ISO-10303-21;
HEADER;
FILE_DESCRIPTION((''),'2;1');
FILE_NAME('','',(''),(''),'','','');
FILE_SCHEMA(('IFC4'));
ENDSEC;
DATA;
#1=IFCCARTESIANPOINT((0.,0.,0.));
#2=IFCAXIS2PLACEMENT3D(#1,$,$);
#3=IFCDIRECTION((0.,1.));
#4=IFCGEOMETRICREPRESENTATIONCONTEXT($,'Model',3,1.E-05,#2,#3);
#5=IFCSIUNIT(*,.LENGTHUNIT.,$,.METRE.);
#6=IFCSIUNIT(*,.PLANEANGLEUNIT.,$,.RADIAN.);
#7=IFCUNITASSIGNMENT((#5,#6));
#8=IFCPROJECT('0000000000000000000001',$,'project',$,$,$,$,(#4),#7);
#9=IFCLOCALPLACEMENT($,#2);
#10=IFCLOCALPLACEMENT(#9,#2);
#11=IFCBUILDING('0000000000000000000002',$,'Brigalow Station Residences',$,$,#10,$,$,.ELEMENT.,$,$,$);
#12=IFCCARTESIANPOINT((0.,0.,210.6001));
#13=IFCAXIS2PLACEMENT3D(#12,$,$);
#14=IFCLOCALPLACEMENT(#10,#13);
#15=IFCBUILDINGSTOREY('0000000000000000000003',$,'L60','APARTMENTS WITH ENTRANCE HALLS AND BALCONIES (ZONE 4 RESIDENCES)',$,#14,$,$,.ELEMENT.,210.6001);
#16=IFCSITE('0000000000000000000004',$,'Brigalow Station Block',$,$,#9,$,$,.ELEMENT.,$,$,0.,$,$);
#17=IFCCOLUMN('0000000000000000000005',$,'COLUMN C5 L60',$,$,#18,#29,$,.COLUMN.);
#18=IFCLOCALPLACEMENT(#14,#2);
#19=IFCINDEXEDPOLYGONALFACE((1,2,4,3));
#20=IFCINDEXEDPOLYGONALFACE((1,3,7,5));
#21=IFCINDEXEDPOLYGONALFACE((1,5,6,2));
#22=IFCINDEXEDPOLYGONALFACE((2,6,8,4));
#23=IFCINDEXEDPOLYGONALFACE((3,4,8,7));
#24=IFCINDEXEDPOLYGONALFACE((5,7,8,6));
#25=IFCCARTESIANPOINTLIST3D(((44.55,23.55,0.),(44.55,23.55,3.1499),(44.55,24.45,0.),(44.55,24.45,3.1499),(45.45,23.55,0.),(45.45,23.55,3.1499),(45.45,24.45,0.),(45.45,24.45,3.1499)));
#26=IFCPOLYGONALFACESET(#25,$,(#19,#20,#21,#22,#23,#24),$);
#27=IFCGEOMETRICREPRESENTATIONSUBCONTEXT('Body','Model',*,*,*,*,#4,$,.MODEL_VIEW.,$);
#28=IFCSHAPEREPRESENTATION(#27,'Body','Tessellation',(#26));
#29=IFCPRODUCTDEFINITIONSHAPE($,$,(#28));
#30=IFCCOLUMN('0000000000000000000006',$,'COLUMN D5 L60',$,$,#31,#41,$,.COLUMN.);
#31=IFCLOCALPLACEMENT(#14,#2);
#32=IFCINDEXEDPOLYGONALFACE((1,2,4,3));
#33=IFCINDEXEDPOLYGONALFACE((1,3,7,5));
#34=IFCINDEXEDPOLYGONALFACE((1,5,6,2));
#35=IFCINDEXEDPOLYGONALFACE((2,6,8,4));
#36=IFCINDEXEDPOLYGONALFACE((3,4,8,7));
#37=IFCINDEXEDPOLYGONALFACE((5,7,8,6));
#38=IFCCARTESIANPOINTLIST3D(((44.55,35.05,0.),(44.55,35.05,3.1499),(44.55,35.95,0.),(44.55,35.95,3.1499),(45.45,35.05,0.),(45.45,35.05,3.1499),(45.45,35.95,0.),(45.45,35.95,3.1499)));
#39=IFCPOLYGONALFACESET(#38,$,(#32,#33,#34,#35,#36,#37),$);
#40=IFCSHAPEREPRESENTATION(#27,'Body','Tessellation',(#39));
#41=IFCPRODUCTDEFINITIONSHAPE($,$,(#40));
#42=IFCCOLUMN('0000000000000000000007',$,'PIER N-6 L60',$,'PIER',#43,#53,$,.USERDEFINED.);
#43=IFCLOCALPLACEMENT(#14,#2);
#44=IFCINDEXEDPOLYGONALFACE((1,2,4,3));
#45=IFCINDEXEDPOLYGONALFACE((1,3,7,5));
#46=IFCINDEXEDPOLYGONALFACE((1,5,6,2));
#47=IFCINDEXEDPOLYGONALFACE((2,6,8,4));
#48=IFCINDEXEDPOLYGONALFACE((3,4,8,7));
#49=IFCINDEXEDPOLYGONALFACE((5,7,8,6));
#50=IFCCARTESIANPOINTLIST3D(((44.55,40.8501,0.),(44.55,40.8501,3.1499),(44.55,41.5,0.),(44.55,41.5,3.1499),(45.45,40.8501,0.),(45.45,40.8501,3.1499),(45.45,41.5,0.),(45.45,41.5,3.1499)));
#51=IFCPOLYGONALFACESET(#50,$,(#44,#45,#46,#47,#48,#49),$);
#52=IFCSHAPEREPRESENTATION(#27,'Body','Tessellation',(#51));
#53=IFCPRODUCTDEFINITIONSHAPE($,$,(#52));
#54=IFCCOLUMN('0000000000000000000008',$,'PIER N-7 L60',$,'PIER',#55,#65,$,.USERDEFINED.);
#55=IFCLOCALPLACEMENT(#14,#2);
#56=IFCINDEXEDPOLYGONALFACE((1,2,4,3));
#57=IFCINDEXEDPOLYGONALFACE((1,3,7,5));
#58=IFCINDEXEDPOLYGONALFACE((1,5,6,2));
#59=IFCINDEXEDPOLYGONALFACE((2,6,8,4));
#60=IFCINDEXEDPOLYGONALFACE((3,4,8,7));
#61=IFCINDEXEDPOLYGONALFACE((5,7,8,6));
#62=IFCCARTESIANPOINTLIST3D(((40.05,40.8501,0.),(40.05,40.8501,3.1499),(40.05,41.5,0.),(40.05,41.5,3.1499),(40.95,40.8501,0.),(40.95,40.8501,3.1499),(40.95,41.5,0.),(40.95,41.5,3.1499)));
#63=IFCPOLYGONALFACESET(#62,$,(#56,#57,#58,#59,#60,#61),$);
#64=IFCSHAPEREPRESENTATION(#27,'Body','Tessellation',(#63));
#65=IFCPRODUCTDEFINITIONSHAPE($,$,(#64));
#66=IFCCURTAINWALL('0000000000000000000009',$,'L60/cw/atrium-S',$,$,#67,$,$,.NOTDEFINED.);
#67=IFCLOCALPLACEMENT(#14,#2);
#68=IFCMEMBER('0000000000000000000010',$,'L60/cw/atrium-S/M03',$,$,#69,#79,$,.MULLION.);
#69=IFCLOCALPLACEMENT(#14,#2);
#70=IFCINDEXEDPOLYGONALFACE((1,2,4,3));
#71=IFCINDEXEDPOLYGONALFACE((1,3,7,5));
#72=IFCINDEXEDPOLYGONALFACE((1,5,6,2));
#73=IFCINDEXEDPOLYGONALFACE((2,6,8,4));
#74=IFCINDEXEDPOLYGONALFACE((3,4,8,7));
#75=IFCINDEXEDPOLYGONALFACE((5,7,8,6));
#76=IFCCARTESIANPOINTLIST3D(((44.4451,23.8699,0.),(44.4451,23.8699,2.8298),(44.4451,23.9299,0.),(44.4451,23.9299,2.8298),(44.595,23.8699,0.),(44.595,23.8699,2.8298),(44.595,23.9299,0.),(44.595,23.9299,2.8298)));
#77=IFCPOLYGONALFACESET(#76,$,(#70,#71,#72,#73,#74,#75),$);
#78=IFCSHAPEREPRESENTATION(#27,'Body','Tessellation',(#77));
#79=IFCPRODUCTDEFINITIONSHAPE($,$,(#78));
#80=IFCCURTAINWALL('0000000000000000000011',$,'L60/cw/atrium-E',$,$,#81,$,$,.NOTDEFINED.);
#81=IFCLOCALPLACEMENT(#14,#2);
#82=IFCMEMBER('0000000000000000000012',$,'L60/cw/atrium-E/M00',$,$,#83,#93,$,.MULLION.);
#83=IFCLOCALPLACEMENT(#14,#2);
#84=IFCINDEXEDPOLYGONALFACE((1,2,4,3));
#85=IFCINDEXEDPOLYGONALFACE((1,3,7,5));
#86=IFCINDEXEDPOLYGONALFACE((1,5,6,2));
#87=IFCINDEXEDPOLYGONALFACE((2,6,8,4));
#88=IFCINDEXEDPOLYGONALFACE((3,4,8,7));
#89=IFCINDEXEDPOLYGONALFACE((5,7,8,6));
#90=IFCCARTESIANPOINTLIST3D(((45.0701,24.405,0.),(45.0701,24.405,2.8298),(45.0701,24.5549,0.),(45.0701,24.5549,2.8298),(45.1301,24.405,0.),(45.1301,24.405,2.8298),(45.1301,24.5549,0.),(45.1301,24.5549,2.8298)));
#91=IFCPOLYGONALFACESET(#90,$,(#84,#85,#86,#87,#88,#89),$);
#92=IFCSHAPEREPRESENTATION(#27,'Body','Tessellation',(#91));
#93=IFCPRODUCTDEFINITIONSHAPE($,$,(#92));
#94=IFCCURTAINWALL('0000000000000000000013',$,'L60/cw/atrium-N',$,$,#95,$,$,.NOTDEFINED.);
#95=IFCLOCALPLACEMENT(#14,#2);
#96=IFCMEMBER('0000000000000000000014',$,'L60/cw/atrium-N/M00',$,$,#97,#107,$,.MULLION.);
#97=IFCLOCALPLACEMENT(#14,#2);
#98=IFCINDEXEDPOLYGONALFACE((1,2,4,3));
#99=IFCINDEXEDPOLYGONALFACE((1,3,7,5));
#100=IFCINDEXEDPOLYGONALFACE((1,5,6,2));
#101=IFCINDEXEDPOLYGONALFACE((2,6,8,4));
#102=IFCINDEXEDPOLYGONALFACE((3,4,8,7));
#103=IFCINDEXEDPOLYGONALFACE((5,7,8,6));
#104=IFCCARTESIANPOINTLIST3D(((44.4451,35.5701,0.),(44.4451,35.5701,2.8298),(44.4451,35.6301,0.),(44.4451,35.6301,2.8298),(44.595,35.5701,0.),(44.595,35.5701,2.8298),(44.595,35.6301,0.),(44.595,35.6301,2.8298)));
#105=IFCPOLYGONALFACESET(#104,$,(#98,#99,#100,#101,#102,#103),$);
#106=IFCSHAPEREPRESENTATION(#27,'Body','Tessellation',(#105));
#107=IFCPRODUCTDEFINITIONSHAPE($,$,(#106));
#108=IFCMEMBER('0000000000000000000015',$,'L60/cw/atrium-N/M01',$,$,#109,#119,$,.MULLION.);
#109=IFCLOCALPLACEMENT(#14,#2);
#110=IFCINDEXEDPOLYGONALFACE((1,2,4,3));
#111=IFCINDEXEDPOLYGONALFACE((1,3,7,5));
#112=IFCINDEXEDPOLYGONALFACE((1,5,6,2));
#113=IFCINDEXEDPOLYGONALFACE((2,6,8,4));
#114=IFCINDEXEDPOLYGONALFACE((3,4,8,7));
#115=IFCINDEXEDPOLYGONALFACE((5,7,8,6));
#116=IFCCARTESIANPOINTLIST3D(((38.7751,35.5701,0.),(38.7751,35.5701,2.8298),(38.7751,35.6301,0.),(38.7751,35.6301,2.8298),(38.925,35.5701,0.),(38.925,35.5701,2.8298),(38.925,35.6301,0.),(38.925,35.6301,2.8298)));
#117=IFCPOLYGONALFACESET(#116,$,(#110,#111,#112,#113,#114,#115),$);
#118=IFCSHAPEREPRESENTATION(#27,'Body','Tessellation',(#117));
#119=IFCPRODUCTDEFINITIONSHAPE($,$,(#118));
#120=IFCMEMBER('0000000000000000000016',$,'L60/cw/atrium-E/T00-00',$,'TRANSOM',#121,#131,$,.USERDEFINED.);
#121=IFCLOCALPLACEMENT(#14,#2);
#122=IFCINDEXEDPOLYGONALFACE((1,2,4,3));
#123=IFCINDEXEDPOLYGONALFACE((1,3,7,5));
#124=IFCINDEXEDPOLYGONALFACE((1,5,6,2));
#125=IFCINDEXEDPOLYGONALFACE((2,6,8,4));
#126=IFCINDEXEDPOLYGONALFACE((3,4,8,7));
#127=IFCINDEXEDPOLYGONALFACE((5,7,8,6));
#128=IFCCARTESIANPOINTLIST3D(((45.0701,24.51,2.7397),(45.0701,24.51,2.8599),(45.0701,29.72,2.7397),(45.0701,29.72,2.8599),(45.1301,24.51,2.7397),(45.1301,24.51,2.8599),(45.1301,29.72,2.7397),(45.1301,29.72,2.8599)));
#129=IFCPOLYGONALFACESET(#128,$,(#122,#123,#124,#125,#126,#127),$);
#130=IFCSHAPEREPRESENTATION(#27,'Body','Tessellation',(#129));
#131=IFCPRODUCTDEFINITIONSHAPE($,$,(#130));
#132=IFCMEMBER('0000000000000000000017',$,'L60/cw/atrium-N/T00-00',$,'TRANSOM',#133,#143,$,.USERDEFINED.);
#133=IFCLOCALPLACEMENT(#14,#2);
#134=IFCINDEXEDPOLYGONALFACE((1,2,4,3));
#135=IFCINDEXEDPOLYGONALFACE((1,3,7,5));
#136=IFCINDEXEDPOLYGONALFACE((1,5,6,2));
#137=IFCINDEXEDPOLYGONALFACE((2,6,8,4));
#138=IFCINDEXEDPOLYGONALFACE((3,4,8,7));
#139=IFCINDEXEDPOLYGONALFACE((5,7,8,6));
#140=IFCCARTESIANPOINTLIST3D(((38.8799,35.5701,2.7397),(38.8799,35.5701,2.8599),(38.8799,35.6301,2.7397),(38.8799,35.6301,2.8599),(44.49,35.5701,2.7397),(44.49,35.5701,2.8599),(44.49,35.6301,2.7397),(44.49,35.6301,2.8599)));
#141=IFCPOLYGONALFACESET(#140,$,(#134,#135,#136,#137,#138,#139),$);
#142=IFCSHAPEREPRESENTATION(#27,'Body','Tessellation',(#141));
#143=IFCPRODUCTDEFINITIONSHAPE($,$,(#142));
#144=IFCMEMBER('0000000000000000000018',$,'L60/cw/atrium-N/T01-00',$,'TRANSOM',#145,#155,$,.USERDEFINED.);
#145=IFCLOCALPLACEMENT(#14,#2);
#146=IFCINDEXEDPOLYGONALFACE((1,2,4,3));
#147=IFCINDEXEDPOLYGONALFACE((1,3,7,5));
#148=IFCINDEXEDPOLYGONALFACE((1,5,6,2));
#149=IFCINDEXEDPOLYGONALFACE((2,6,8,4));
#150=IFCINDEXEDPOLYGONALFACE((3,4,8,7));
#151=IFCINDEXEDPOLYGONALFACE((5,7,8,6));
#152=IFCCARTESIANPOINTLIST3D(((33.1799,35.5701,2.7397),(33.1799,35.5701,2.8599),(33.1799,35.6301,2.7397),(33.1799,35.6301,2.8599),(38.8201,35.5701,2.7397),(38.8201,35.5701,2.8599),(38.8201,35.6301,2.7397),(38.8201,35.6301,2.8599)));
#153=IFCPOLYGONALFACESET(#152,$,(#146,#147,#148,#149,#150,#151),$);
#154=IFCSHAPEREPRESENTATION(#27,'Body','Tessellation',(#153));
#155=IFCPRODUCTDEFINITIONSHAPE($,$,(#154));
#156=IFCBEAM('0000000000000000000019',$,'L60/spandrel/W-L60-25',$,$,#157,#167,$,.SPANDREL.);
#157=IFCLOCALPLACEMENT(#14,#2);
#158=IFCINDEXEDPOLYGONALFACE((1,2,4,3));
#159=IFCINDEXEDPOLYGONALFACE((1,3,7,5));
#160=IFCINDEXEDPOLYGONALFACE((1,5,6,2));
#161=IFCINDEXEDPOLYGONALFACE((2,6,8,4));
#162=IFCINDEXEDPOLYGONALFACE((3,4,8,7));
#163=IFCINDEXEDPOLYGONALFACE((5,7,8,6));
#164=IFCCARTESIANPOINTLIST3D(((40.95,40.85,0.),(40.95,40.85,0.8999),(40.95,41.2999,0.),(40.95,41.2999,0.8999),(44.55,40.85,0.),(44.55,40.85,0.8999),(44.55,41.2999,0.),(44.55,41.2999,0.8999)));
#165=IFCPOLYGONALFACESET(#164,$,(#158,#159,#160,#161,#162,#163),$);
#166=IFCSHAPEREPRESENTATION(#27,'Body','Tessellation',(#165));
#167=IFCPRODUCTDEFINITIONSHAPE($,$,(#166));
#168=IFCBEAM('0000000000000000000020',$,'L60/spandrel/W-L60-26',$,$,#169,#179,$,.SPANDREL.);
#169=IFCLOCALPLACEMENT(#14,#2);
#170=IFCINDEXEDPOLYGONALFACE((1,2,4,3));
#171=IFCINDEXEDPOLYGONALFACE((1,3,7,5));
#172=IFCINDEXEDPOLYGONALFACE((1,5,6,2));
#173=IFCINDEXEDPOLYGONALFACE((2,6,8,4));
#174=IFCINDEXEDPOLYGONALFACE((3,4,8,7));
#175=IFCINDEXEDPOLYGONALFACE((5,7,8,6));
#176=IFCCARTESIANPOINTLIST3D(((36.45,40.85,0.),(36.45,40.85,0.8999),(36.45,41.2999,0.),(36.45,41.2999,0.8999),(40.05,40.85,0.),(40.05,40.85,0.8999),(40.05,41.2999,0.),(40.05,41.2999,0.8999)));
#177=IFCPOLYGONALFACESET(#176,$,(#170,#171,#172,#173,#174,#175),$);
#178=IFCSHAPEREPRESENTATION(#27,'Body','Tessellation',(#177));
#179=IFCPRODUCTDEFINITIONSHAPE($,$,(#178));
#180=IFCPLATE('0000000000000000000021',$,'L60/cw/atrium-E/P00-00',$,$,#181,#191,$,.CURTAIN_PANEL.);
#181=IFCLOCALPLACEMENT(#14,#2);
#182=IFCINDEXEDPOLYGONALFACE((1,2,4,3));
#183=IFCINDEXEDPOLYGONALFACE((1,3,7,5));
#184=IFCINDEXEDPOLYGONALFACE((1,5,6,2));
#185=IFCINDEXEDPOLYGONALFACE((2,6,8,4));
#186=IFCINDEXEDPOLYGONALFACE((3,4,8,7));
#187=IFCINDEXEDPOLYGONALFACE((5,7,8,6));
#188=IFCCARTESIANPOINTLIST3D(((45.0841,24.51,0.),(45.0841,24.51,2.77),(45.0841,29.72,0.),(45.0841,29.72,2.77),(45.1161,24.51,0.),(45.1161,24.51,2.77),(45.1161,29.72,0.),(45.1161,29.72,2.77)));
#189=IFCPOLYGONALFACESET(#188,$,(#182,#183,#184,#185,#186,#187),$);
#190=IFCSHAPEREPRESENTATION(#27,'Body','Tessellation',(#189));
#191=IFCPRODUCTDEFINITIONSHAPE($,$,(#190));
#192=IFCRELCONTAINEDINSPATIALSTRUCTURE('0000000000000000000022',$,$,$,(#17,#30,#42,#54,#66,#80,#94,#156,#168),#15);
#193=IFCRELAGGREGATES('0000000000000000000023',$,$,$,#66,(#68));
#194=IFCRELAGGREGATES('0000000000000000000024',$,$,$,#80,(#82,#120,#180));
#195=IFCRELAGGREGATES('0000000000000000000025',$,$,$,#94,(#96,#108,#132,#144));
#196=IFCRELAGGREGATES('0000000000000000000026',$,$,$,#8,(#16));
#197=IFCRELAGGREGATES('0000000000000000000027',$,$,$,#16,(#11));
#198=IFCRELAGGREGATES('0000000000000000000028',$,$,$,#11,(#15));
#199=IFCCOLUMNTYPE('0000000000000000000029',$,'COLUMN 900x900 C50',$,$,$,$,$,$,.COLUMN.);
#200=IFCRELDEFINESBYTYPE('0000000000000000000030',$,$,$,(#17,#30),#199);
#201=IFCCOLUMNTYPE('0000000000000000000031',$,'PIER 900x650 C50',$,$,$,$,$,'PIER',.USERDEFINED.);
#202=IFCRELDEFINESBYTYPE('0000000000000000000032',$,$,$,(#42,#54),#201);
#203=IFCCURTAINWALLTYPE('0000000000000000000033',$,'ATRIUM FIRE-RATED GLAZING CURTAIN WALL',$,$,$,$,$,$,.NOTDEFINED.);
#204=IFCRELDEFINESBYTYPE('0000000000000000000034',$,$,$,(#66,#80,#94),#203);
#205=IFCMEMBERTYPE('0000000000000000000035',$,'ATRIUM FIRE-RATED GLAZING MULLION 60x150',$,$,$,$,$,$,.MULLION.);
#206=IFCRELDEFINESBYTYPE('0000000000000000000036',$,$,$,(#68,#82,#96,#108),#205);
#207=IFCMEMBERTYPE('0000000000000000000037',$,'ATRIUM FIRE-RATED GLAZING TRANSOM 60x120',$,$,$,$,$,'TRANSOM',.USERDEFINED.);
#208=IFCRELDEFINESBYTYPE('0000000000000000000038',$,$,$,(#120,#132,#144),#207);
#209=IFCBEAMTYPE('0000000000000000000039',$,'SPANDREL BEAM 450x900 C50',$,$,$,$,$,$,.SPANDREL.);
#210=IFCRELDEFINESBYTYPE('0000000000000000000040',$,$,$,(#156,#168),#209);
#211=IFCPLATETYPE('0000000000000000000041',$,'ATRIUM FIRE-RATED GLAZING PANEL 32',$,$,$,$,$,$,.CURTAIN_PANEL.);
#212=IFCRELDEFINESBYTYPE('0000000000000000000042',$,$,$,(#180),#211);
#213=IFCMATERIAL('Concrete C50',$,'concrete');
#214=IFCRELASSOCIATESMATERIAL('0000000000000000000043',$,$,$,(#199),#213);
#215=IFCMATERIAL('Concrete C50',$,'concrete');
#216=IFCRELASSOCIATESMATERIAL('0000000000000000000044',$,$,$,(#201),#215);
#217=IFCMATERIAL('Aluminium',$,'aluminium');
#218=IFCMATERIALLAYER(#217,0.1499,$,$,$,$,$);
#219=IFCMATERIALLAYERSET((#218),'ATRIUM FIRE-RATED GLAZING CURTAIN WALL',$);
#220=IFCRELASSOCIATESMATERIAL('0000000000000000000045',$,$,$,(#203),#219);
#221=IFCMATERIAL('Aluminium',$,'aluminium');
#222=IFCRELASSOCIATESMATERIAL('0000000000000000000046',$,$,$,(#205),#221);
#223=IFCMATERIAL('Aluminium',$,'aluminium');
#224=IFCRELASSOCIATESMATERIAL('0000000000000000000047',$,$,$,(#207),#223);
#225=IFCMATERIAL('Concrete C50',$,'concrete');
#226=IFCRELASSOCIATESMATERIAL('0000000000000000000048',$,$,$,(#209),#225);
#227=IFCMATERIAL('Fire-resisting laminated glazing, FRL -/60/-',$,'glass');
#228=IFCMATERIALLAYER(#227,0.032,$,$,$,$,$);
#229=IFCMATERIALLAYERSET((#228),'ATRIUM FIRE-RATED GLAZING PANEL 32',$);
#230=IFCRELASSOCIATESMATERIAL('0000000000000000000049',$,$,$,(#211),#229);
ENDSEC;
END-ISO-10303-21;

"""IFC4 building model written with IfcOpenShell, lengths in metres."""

from ifc_helpers import new_model, si_unit, direction, frame, origin, origin_2d, place, context, subcontext, project, spatial, rectangle, extrude, material, layer, layer_set, material_profile, profile_set, type_object, element, aggregate, save


model = new_model("IFC4")

# Units and contexts
model_context = context("Model", 3, precision=1e-05, world=origin(), true_north=direction((0.0, 1.0)))
body_context = subcontext(model_context, "Body", "Model", "MODEL_VIEW")
ifc_project = project(units=[si_unit("LENGTHUNIT", "METRE"), si_unit("PLANEANGLEUNIT", "RADIAN")], contexts=[model_context])

# Site, building, storey
site_placement = place(None, origin())
site = spatial("IfcSite", under=ifc_project, at=site_placement, Name="Brigalow Station Block", CompositionType="ELEMENT", RefElevation=0.0)
building_placement = place(site_placement, origin())
building = spatial("IfcBuilding", under=site, at=building_placement, Name="Brigalow Station Residences", CompositionType="ELEMENT")
storey_placement = place(building_placement, frame((0.0, 0.0, 210.6001)))
storey = spatial("IfcBuildingStorey", under=building, at=storey_placement, Name="L60", Description="APARTMENTS WITH ENTRANCE HALLS AND BALCONIES (ZONE 4 RESIDENCES)", CompositionType="ELEMENT", Elevation=210.6001)

# Columns
ifc_material_1 = material(Name="Concrete C50", Category="concrete")
ifc_material_profile_1 = material_profile(ifc_material_1, rectangle(XDim=0.8999, YDim=0.8999, at=origin_2d()), Name="RC900x900")
ifc_profile_set_1 = profile_set([ifc_material_profile_1], Name="Concrete C50")
column_type_1 = type_object("IfcColumnType", Name="COLUMN 900x900 C50", PredefinedType="COLUMN", material=ifc_profile_set_1)
for number, where, z_axis, x_axis, name in (
    (1, (45.0, 24.0, 0.0), (0.0, 0.0, 1.0), (1.0, 0.0, 0.0), "COLUMN C5 L60"),
    (2, (45.0, 35.5, 0.0), (0.0, 0.0, 1.0), (1.0, 0.0, 0.0), "COLUMN D5 L60"),
):
    element("IfcColumn", number, at=place(storey_placement, frame(where, z_axis=z_axis, x_axis=x_axis)), inside=storey, type_object=column_type_1, Name=name, PredefinedType="COLUMN", context=body_context, shape_type="SweptSolid", body=[
        extrude(rectangle(XDim=0.8999, YDim=0.8999, at=origin_2d()), origin(), (0.0, 0.0, 1.0), 3.1499),
    ])
ifc_material_2 = material(Name="Concrete C50", Category="concrete")
ifc_material_profile_2 = material_profile(ifc_material_2, rectangle(XDim=0.8999, YDim=0.6499, at=origin_2d()), Name="RC900x650")
ifc_profile_set_2 = profile_set([ifc_material_profile_2], Name="Concrete C50")
column_type_2 = type_object("IfcColumnType", Name="PIER 900x650 C50", ElementType="PIER", PredefinedType="USERDEFINED", material=ifc_profile_set_2)
for number, where, z_axis, x_axis, name in (
    (3, (45.0, 41.175, 0.0), (0.0, 0.0, 1.0), (-1.0, 0.0, 0.0), "PIER N-6 L60"),
    (4, (40.5, 41.175, 0.0), (0.0, 0.0, 1.0), (-1.0, 0.0, 0.0), "PIER N-7 L60"),
):
    element("IfcColumn", number, at=place(storey_placement, frame(where, z_axis=z_axis, x_axis=x_axis)), inside=storey, type_object=column_type_2, Name=name, ObjectType="PIER", PredefinedType="USERDEFINED", context=body_context, shape_type="SweptSolid", body=[
        extrude(rectangle(XDim=0.8999, YDim=0.6499, at=origin_2d()), origin(), (0.0, 0.0, 1.0), 3.1499),
    ])

# Curtain walls, members
ifc_material_3 = material(Name="Aluminium", Category="aluminium")
ifc_layer_1 = layer(ifc_material_3, 0.1499)
ifc_layer_set_1 = layer_set([ifc_layer_1], Name="ATRIUM FIRE-RATED GLAZING CURTAIN WALL")
curtain_wall_type = type_object("IfcCurtainWallType", Name="ATRIUM FIRE-RATED GLAZING CURTAIN WALL", PredefinedType="NOTDEFINED", material=ifc_layer_set_1)
curtain_wall_1_placement = place(storey_placement, origin())
curtain_wall_1 = element("IfcCurtainWall", 5, at=curtain_wall_1_placement, inside=storey, type_object=curtain_wall_type, Name="L60/cw/atrium-S", PredefinedType="NOTDEFINED")
ifc_material_4 = material(Name="Aluminium", Category="aluminium")
ifc_material_profile_3 = material_profile(ifc_material_4, rectangle(XDim=0.0601, YDim=0.1499, at=origin_2d()), Name="ATRIUM FIRE-RATED GLAZING MULLION 60x150")
ifc_profile_set_3 = profile_set([ifc_material_profile_3], Name="Aluminium")
member_type_1 = type_object("IfcMemberType", Name="ATRIUM FIRE-RATED GLAZING MULLION 60x150", PredefinedType="MULLION", material=ifc_profile_set_3)
member_1_placement = place(storey_placement, frame((44.52, 23.8999, 0.0), z_axis=(0.0, 0.0, 1.0), x_axis=(0.0, 1.0, 0.0)))
member_1 = element("IfcMember", 6, at=member_1_placement, type_object=member_type_1, Name="L60/cw/atrium-S/M03", PredefinedType="MULLION", context=body_context, shape_type="SweptSolid", body=[
    extrude(rectangle(XDim=0.0601, YDim=0.1499, at=origin_2d()), origin(), (0.0, 0.0, 1.0), 2.8298),
])
aggregate(curtain_wall_1, [member_1])
curtain_wall_2_placement = place(storey_placement, origin())
curtain_wall_2 = element("IfcCurtainWall", 7, at=curtain_wall_2_placement, inside=storey, type_object=curtain_wall_type, Name="L60/cw/atrium-E", PredefinedType="NOTDEFINED")
member_2_placement = place(storey_placement, frame((45.1001, 24.48, 0.0), z_axis=(0.0, 0.0, 1.0), x_axis=(-1.0, 0.0, 0.0)))
member_2 = element("IfcMember", 8, at=member_2_placement, type_object=member_type_1, Name="L60/cw/atrium-E/M00", PredefinedType="MULLION", context=body_context, shape_type="SweptSolid", body=[
    extrude(rectangle(XDim=0.0601, YDim=0.1499, at=origin_2d()), origin(), (0.0, 0.0, 1.0), 2.8298),
])

# Curtain wall, members
curtain_wall_3_placement = place(storey_placement, origin())
curtain_wall_3 = element("IfcCurtainWall", 9, at=curtain_wall_3_placement, inside=storey, type_object=curtain_wall_type, Name="L60/cw/atrium-N", PredefinedType="NOTDEFINED")
member_3_placement = place(storey_placement, frame((44.52, 35.6001, 0.0), z_axis=(0.0, 0.0, 1.0), x_axis=(0.0, -1.0, 0.0)))
member_3 = element("IfcMember", 10, at=member_3_placement, type_object=member_type_1, Name="L60/cw/atrium-N/M00", PredefinedType="MULLION", context=body_context, shape_type="SweptSolid", body=[
    extrude(rectangle(XDim=0.0601, YDim=0.1499, at=origin_2d()), origin(), (0.0, 0.0, 1.0), 2.8298),
])
member_4_placement = place(storey_placement, frame((38.8501, 35.6001, 0.0), z_axis=(0.0, 0.0, 1.0), x_axis=(0.0, -1.0, 0.0)))
member_4 = element("IfcMember", 11, at=member_4_placement, type_object=member_type_1, Name="L60/cw/atrium-N/M01", PredefinedType="MULLION", context=body_context, shape_type="SweptSolid", body=[
    extrude(rectangle(XDim=0.0601, YDim=0.1499, at=origin_2d()), origin(), (0.0, 0.0, 1.0), 2.8298),
])

# Members
ifc_material_5 = material(Name="Aluminium", Category="aluminium")
ifc_material_profile_4 = material_profile(ifc_material_5, rectangle(XDim=0.0601, YDim=0.1201, at=origin_2d()), Name="ATRIUM FIRE-RATED GLAZING TRANSOM 60x120")
ifc_profile_set_4 = profile_set([ifc_material_profile_4], Name="Aluminium")
member_type_2 = type_object("IfcMemberType", Name="ATRIUM FIRE-RATED GLAZING TRANSOM 60x120", ElementType="TRANSOM", PredefinedType="USERDEFINED", material=ifc_profile_set_4)
member_5_placement = place(storey_placement, frame((45.1001, 24.51, 2.7998), z_axis=(0.0, 1.0, 0.0), x_axis=(-1.0, 0.0, 0.0)))
member_5 = element("IfcMember", 12, at=member_5_placement, type_object=member_type_2, Name="L60/cw/atrium-E/T00-00", ObjectType="TRANSOM", PredefinedType="USERDEFINED", context=body_context, shape_type="SweptSolid", body=[
    extrude(rectangle(XDim=0.0601, YDim=0.1201, at=origin_2d()), origin(), (0.0, 0.0, 1.0), 5.21),
])
member_6_placement = place(storey_placement, frame((44.49, 35.6001, 2.7998), z_axis=(-1.0, 0.0, 0.0), x_axis=(0.0, -1.0, 0.0)))
member_6 = element("IfcMember", 13, at=member_6_placement, type_object=member_type_2, Name="L60/cw/atrium-N/T00-00", ObjectType="TRANSOM", PredefinedType="USERDEFINED", context=body_context, shape_type="SweptSolid", body=[
    extrude(rectangle(XDim=0.0601, YDim=0.1201, at=origin_2d()), origin(), (0.0, 0.0, 1.0), 5.6101),
])
member_7_placement = place(storey_placement, frame((38.8201, 35.6001, 2.7998), z_axis=(-1.0, 0.0, 0.0), x_axis=(0.0, -1.0, 0.0)))
member_7 = element("IfcMember", 14, at=member_7_placement, type_object=member_type_2, Name="L60/cw/atrium-N/T01-00", ObjectType="TRANSOM", PredefinedType="USERDEFINED", context=body_context, shape_type="SweptSolid", body=[
    extrude(rectangle(XDim=0.0601, YDim=0.1201, at=origin_2d()), origin(), (0.0, 0.0, 1.0), 5.6401),
])

# Beams
ifc_material_6 = material(Name="Concrete C50", Category="concrete")
ifc_material_profile_5 = material_profile(ifc_material_6, rectangle(XDim=0.45, YDim=0.8999, at=origin_2d()), Name="RC450x900")
ifc_profile_set_5 = profile_set([ifc_material_profile_5], Name="Concrete C50")
beam_type = type_object("IfcBeamType", Name="SPANDREL BEAM 450x900 C50", PredefinedType="SPANDREL", material=ifc_profile_set_5)
for number, where, z_axis, x_axis, name in (
    (15, (44.55, 41.075, 0.45), (-1.0, 0.0, 0.0), (0.0, -1.0, 0.0), "L60/spandrel/W-L60-25"),
    (16, (40.05, 41.075, 0.45), (-1.0, 0.0, 0.0), (0.0, -1.0, 0.0), "L60/spandrel/W-L60-26"),
):
    element("IfcBeam", number, at=place(storey_placement, frame(where, z_axis=z_axis, x_axis=x_axis)), inside=storey, type_object=beam_type, Name=name, PredefinedType="SPANDREL", context=body_context, shape_type="SweptSolid", body=[
        extrude(rectangle(XDim=0.45, YDim=0.8999, at=origin_2d()), origin(), (0.0, 0.0, 1.0), 3.6001),
    ])

# Plate
ifc_material_7 = material(Name="Fire-resisting laminated glazing, FRL -/60/-", Category="glass")
ifc_layer_2 = layer(ifc_material_7, 0.032)
ifc_layer_set_2 = layer_set([ifc_layer_2], Name="ATRIUM FIRE-RATED GLAZING PANEL 32")
plate_type = type_object("IfcPlateType", Name="ATRIUM FIRE-RATED GLAZING PANEL 32", PredefinedType="CURTAIN_PANEL", material=ifc_layer_set_2)
plate_1_placement = place(storey_placement, frame((45.1001, 27.115, 0.0), z_axis=(0.0, 0.0, 1.0), x_axis=(0.0, 1.0, 0.0)))
plate_1 = element("IfcPlate", 17, at=plate_1_placement, type_object=plate_type, Name="L60/cw/atrium-E/P00-00", PredefinedType="CURTAIN_PANEL", context=body_context, shape_type="SweptSolid", body=[
    extrude(rectangle(XDim=5.21, YDim=0.032, at=origin_2d()), origin(), (0.0, 0.0, 1.0), 2.77),
])
aggregate(curtain_wall_2, [member_2, member_5, plate_1])
aggregate(curtain_wall_3, [member_3, member_4, member_6, member_7])

save(model, "model.ifc")
